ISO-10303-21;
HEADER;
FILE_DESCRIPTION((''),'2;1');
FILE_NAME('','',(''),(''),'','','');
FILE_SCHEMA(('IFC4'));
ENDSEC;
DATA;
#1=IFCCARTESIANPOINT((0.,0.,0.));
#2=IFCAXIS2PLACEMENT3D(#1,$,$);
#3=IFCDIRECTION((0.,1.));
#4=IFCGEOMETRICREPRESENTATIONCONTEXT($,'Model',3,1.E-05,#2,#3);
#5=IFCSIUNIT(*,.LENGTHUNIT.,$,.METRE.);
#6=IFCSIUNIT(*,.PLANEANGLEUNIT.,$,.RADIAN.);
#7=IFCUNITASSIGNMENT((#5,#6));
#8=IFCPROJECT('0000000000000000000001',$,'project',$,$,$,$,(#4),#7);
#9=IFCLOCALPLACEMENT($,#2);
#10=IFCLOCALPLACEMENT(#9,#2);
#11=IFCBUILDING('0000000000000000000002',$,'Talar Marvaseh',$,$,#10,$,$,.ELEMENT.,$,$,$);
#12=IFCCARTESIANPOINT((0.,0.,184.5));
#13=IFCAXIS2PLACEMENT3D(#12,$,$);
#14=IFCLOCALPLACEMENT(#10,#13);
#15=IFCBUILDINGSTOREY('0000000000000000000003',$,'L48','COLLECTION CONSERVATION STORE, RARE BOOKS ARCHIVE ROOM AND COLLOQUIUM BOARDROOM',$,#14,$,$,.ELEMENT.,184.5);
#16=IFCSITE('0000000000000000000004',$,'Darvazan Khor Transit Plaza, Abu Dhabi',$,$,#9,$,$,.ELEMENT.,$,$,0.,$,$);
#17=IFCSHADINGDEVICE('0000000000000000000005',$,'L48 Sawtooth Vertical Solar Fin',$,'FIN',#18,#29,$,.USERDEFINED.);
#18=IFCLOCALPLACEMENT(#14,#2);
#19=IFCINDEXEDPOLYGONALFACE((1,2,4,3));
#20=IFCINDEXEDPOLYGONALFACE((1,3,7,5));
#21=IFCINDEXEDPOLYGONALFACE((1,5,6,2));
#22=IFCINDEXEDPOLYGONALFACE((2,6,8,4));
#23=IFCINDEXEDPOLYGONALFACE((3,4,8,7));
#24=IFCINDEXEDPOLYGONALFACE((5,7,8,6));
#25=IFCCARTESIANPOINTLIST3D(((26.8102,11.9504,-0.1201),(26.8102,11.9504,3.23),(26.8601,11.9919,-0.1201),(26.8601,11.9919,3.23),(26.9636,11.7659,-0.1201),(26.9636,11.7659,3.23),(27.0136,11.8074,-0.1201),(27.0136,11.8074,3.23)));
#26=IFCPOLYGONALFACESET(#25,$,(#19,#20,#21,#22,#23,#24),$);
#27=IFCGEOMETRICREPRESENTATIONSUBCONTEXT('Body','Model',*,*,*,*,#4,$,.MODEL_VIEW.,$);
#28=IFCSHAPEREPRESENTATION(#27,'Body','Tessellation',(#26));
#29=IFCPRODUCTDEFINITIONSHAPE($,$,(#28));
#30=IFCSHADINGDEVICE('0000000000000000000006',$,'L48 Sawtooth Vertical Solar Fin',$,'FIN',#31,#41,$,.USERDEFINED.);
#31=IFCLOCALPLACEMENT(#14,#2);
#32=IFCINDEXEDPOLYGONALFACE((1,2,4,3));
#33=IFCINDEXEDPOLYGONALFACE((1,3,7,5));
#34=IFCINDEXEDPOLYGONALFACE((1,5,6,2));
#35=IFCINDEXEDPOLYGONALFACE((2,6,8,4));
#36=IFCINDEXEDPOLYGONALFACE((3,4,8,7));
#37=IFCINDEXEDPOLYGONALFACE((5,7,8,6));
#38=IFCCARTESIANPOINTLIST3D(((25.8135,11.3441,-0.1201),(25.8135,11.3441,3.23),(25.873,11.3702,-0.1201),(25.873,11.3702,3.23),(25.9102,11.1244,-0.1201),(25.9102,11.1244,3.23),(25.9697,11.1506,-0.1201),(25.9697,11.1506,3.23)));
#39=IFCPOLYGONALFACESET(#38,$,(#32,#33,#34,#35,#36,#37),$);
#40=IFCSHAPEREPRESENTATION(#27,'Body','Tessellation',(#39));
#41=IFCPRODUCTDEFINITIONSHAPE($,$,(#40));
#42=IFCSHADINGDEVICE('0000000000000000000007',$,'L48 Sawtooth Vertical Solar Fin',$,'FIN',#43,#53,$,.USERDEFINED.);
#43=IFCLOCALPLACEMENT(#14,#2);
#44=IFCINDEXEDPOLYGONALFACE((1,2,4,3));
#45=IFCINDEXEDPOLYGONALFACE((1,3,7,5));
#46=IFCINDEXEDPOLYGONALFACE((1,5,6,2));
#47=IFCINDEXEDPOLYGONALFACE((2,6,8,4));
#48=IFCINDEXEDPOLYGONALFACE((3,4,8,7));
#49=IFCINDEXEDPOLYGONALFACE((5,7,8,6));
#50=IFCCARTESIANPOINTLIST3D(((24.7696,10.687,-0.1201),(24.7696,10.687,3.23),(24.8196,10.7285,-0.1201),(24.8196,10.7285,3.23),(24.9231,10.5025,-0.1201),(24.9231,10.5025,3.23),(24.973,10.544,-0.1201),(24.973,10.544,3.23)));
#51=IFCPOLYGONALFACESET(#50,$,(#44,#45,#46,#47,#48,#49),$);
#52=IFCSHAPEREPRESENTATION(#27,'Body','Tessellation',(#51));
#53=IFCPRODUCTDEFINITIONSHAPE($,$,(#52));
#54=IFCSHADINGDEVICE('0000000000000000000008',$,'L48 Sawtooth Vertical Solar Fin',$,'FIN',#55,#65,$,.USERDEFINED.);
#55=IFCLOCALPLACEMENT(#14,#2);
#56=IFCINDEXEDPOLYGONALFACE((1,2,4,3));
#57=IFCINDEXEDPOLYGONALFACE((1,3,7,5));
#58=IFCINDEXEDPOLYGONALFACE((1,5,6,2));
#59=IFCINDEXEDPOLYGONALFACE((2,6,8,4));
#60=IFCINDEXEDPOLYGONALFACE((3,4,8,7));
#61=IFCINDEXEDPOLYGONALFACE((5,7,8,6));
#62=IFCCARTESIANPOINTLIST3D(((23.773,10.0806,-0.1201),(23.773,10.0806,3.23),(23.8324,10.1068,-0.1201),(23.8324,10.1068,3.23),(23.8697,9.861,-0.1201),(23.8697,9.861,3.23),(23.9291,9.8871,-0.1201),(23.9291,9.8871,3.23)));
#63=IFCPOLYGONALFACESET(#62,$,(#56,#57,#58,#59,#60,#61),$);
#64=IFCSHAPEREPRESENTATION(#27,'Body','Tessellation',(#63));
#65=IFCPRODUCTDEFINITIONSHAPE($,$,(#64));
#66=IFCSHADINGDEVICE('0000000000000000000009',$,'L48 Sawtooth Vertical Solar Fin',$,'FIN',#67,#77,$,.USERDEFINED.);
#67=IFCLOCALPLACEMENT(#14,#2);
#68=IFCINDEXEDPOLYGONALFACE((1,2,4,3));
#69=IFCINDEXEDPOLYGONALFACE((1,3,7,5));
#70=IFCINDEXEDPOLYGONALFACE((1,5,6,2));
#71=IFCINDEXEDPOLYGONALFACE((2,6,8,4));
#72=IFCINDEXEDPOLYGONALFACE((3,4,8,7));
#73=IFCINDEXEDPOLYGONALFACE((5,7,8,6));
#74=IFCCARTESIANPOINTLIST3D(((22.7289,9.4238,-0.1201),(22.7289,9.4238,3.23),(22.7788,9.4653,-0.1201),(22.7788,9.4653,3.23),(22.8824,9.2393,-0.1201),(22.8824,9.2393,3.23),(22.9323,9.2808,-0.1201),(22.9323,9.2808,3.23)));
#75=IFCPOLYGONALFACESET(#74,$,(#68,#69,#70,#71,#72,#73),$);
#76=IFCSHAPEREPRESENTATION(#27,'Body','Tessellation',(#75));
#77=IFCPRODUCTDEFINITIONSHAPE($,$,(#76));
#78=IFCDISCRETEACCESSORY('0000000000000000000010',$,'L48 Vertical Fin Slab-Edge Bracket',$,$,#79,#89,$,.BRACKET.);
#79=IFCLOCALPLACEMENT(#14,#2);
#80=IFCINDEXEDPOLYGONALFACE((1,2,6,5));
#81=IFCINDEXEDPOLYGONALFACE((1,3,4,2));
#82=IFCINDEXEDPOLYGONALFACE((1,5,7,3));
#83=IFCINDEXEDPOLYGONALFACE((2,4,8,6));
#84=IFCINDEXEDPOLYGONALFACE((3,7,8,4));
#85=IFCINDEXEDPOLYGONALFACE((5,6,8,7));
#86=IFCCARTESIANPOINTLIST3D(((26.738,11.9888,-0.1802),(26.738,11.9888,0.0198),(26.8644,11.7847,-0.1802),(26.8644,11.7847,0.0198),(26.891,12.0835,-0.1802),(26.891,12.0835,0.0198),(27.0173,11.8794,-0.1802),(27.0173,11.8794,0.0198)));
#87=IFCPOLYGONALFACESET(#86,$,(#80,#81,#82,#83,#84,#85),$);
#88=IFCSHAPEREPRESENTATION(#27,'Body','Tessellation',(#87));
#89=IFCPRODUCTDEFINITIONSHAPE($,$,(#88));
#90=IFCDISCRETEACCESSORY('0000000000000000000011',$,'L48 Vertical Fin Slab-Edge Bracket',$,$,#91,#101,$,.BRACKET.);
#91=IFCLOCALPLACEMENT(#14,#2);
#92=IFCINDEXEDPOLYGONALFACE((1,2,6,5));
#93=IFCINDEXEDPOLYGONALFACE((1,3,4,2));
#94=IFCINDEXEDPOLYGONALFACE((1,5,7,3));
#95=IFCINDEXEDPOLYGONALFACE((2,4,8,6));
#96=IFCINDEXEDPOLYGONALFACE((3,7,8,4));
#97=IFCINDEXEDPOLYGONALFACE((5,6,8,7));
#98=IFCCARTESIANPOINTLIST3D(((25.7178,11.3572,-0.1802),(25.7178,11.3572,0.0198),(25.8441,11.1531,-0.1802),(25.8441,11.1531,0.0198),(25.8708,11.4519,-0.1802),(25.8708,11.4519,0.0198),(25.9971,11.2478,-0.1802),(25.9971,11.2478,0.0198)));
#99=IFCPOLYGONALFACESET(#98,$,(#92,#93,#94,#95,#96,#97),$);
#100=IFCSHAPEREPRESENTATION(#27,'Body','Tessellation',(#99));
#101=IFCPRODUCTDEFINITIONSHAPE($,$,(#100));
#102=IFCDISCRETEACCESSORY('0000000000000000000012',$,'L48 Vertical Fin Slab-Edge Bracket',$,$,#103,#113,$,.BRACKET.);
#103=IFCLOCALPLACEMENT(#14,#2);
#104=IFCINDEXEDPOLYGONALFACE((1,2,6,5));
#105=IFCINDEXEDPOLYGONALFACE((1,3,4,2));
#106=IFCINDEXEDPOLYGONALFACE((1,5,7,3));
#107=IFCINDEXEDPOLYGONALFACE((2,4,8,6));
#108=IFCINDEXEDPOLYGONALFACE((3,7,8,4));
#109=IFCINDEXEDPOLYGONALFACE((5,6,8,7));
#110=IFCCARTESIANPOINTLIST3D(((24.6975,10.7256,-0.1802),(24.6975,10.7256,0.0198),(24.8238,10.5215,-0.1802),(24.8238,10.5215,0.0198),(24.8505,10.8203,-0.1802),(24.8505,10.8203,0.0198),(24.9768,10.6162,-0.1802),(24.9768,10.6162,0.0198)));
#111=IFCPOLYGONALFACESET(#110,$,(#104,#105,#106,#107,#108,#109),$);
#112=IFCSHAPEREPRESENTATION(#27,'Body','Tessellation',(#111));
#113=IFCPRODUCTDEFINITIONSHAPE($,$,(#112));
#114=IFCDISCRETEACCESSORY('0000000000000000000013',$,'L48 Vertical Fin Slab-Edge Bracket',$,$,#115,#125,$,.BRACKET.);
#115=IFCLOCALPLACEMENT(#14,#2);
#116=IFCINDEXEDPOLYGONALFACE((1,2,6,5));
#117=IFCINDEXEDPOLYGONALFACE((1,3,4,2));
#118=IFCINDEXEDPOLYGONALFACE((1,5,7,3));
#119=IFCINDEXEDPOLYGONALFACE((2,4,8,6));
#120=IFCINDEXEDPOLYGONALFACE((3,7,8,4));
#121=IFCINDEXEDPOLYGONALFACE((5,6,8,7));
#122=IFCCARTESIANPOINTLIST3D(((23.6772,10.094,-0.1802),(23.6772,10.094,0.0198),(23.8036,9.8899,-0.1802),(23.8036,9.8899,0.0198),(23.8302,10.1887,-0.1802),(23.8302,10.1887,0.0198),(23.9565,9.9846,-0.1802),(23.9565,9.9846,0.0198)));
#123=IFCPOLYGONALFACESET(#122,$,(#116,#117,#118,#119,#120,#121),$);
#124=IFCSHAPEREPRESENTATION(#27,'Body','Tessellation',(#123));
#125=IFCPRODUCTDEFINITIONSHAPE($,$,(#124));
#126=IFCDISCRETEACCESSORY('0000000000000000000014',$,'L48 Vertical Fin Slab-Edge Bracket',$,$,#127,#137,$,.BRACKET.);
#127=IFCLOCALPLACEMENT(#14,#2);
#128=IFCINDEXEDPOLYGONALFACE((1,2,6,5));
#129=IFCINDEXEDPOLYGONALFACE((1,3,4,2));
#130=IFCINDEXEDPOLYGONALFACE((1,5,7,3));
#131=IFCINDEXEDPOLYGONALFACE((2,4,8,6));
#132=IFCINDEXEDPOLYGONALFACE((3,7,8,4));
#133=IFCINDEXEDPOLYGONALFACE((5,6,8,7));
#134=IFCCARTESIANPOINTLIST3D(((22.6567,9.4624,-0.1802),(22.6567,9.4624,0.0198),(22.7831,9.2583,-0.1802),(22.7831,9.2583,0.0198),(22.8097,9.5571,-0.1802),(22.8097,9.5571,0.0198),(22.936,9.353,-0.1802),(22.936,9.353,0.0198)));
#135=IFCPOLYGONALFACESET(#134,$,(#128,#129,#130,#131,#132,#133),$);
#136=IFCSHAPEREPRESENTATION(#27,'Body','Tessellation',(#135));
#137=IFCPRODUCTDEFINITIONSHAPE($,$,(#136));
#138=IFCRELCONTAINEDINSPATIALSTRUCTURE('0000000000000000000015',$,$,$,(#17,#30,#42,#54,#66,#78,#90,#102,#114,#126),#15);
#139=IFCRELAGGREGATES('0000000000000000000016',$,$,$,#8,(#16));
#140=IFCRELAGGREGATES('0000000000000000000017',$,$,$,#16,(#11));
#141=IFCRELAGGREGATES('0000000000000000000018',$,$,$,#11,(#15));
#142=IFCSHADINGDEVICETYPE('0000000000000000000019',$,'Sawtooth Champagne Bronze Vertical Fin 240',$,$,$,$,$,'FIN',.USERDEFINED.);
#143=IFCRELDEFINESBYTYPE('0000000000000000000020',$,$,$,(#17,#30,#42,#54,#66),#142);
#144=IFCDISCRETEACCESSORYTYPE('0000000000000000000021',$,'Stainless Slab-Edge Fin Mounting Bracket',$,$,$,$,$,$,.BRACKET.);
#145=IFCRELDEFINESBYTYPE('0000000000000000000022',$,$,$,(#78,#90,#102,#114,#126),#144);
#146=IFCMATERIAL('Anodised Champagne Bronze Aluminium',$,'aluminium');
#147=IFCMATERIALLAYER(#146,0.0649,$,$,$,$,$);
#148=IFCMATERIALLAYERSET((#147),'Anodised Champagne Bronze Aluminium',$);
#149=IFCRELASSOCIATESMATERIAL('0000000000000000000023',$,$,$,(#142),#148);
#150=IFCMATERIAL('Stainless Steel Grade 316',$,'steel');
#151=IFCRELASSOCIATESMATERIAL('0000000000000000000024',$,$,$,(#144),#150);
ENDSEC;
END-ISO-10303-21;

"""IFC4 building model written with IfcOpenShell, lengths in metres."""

from ifc_helpers import new_model, si_unit, direction, frame, origin, origin_2d, place, context, subcontext, project, spatial, rectangle, extrude, source, transform, mapped, material, layer, layer_set, type_object, type_shapes, element, save


model = new_model("IFC4")

# Units and contexts
model_context = context("Model", 3, precision=1e-05, world=origin(), true_north=direction((0.0, 1.0)))
body_context = subcontext(model_context, "Body", "Model", "MODEL_VIEW")
ifc_project = project(units=[si_unit("LENGTHUNIT", "METRE"), si_unit("PLANEANGLEUNIT", "RADIAN")], contexts=[model_context])

# Site, building, storey
site_placement = place(None, origin())
site = spatial("IfcSite", under=ifc_project, at=site_placement, Name="Darvazan Khor Transit Plaza, Abu Dhabi", CompositionType="ELEMENT", RefElevation=0.0)
building_placement = place(site_placement, origin())
building = spatial("IfcBuilding", under=site, at=building_placement, Name="Talar Marvaseh", CompositionType="ELEMENT")
storey_placement = place(building_placement, frame((0.0, 0.0, 184.5)))
storey = spatial("IfcBuildingStorey", under=building, at=storey_placement, Name="L48", Description="COLLECTION CONSERVATION STORE, RARE BOOKS ARCHIVE ROOM AND COLLOQUIUM BOARDROOM", CompositionType="ELEMENT", Elevation=184.5)

# Shading devices
ifc_material_1 = material(Name="Anodised Champagne Bronze Aluminium", Category="aluminium")
ifc_layer_1 = layer(ifc_material_1, 0.0649)
ifc_layer_set_1 = layer_set([ifc_layer_1], Name="Anodised Champagne Bronze Aluminium")
shading_device_type = type_object("IfcShadingDeviceType", Name="Sawtooth Champagne Bronze Vertical Fin 240", ElementType="FIN", PredefinedType="USERDEFINED", material=ifc_layer_set_1)
shared_shape_1 = source(origin(), body_context, "Body", "SweptSolid", [
    extrude(rectangle(XDim=0.24, YDim=0.0649, at=origin_2d()), origin(), (0.0, 0.0, 1.0), 3.3501),
])
type_shapes(shading_device_type, [shared_shape_1])
for number, where, z_axis, x_axis, name in (
    (1, (26.9119, 11.8789, -0.1201), (0.0, 0.0, 1.0), (0.639573, -0.76873, 0.0), "L48 Sawtooth Vertical Solar Fin"),
    (2, (25.8916, 11.2473, -0.1201), (0.0, 0.0, 1.0), (0.402906, -0.915241, 0.0), "L48 Sawtooth Vertical Solar Fin"),
    (3, (24.8713, 10.6155, -0.1201), (0.0, 0.0, 1.0), (0.639573, -0.76873, 0.0), "L48 Sawtooth Vertical Solar Fin"),
    (4, (23.8511, 9.9839, -0.1201), (0.0, 0.0, 1.0), (0.402906, -0.915241, 0.0), "L48 Sawtooth Vertical Solar Fin"),
    (5, (22.8306, 9.3523, -0.1201), (0.0, 0.0, 1.0), (0.639573, -0.76873, 0.0), "L48 Sawtooth Vertical Solar Fin"),
):
    element("IfcShadingDevice", number, at=place(storey_placement, frame(where, z_axis=z_axis, x_axis=x_axis)), inside=storey, type_object=shading_device_type, Name=name, ObjectType="FIN", PredefinedType="USERDEFINED", context=body_context, shape_type="MappedRepresentation", body=[
        mapped(shared_shape_1, transform((0.0, 0.0, 0.0), x_axis=(1.0, 0.0, 0.0), y_axis=(0.0, 1.0, 0.0), z_axis=(0.0, 0.0, 1.0), scale=1.0)),
    ])

# Discrete accessories
ifc_material_2 = material(Name="Stainless Steel Grade 316", Category="steel")
discrete_accessory_type = type_object("IfcDiscreteAccessoryType", Name="Stainless Slab-Edge Fin Mounting Bracket", PredefinedType="BRACKET", material=ifc_material_2)
shared_shape_2 = source(origin(), body_context, "Body", "SweptSolid", [
    extrude(rectangle(XDim=0.24, YDim=0.1799, at=origin_2d()), origin(), (0.0, 0.0, 1.0), 0.2),
])
type_shapes(discrete_accessory_type, [shared_shape_2])
for number, where, z_axis, x_axis, name in (
    (6, (26.8777, 11.9341, -0.1802), (0.0, 0.0, 1.0), (0.526362, -0.85026, 0.0), "L48 Vertical Fin Slab-Edge Bracket"),
    (7, (25.8574, 11.3025, -0.1802), (0.0, 0.0, 1.0), (0.526362, -0.85026, 0.0), "L48 Vertical Fin Slab-Edge Bracket"),
    (8, (24.8372, 10.6709, -0.1802), (0.0, 0.0, 1.0), (0.526362, -0.85026, 0.0), "L48 Vertical Fin Slab-Edge Bracket"),
    (9, (23.8169, 10.0393, -0.1802), (0.0, 0.0, 1.0), (0.526362, -0.85026, 0.0), "L48 Vertical Fin Slab-Edge Bracket"),
    (10, (22.7964, 9.4077, -0.1802), (0.0, 0.0, 1.0), (0.526362, -0.85026, 0.0), "L48 Vertical Fin Slab-Edge Bracket"),
):
    element("IfcDiscreteAccessory", number, at=place(storey_placement, frame(where, z_axis=z_axis, x_axis=x_axis)), inside=storey, type_object=discrete_accessory_type, Name=name, PredefinedType="BRACKET", context=body_context, shape_type="MappedRepresentation", body=[
        mapped(shared_shape_2, transform((0.0, 0.0, 0.0), x_axis=(1.0, 0.0, 0.0), y_axis=(0.0, 1.0, 0.0), z_axis=(0.0, 0.0, 1.0), scale=1.0)),
    ])

save(model, "model.ifc")
